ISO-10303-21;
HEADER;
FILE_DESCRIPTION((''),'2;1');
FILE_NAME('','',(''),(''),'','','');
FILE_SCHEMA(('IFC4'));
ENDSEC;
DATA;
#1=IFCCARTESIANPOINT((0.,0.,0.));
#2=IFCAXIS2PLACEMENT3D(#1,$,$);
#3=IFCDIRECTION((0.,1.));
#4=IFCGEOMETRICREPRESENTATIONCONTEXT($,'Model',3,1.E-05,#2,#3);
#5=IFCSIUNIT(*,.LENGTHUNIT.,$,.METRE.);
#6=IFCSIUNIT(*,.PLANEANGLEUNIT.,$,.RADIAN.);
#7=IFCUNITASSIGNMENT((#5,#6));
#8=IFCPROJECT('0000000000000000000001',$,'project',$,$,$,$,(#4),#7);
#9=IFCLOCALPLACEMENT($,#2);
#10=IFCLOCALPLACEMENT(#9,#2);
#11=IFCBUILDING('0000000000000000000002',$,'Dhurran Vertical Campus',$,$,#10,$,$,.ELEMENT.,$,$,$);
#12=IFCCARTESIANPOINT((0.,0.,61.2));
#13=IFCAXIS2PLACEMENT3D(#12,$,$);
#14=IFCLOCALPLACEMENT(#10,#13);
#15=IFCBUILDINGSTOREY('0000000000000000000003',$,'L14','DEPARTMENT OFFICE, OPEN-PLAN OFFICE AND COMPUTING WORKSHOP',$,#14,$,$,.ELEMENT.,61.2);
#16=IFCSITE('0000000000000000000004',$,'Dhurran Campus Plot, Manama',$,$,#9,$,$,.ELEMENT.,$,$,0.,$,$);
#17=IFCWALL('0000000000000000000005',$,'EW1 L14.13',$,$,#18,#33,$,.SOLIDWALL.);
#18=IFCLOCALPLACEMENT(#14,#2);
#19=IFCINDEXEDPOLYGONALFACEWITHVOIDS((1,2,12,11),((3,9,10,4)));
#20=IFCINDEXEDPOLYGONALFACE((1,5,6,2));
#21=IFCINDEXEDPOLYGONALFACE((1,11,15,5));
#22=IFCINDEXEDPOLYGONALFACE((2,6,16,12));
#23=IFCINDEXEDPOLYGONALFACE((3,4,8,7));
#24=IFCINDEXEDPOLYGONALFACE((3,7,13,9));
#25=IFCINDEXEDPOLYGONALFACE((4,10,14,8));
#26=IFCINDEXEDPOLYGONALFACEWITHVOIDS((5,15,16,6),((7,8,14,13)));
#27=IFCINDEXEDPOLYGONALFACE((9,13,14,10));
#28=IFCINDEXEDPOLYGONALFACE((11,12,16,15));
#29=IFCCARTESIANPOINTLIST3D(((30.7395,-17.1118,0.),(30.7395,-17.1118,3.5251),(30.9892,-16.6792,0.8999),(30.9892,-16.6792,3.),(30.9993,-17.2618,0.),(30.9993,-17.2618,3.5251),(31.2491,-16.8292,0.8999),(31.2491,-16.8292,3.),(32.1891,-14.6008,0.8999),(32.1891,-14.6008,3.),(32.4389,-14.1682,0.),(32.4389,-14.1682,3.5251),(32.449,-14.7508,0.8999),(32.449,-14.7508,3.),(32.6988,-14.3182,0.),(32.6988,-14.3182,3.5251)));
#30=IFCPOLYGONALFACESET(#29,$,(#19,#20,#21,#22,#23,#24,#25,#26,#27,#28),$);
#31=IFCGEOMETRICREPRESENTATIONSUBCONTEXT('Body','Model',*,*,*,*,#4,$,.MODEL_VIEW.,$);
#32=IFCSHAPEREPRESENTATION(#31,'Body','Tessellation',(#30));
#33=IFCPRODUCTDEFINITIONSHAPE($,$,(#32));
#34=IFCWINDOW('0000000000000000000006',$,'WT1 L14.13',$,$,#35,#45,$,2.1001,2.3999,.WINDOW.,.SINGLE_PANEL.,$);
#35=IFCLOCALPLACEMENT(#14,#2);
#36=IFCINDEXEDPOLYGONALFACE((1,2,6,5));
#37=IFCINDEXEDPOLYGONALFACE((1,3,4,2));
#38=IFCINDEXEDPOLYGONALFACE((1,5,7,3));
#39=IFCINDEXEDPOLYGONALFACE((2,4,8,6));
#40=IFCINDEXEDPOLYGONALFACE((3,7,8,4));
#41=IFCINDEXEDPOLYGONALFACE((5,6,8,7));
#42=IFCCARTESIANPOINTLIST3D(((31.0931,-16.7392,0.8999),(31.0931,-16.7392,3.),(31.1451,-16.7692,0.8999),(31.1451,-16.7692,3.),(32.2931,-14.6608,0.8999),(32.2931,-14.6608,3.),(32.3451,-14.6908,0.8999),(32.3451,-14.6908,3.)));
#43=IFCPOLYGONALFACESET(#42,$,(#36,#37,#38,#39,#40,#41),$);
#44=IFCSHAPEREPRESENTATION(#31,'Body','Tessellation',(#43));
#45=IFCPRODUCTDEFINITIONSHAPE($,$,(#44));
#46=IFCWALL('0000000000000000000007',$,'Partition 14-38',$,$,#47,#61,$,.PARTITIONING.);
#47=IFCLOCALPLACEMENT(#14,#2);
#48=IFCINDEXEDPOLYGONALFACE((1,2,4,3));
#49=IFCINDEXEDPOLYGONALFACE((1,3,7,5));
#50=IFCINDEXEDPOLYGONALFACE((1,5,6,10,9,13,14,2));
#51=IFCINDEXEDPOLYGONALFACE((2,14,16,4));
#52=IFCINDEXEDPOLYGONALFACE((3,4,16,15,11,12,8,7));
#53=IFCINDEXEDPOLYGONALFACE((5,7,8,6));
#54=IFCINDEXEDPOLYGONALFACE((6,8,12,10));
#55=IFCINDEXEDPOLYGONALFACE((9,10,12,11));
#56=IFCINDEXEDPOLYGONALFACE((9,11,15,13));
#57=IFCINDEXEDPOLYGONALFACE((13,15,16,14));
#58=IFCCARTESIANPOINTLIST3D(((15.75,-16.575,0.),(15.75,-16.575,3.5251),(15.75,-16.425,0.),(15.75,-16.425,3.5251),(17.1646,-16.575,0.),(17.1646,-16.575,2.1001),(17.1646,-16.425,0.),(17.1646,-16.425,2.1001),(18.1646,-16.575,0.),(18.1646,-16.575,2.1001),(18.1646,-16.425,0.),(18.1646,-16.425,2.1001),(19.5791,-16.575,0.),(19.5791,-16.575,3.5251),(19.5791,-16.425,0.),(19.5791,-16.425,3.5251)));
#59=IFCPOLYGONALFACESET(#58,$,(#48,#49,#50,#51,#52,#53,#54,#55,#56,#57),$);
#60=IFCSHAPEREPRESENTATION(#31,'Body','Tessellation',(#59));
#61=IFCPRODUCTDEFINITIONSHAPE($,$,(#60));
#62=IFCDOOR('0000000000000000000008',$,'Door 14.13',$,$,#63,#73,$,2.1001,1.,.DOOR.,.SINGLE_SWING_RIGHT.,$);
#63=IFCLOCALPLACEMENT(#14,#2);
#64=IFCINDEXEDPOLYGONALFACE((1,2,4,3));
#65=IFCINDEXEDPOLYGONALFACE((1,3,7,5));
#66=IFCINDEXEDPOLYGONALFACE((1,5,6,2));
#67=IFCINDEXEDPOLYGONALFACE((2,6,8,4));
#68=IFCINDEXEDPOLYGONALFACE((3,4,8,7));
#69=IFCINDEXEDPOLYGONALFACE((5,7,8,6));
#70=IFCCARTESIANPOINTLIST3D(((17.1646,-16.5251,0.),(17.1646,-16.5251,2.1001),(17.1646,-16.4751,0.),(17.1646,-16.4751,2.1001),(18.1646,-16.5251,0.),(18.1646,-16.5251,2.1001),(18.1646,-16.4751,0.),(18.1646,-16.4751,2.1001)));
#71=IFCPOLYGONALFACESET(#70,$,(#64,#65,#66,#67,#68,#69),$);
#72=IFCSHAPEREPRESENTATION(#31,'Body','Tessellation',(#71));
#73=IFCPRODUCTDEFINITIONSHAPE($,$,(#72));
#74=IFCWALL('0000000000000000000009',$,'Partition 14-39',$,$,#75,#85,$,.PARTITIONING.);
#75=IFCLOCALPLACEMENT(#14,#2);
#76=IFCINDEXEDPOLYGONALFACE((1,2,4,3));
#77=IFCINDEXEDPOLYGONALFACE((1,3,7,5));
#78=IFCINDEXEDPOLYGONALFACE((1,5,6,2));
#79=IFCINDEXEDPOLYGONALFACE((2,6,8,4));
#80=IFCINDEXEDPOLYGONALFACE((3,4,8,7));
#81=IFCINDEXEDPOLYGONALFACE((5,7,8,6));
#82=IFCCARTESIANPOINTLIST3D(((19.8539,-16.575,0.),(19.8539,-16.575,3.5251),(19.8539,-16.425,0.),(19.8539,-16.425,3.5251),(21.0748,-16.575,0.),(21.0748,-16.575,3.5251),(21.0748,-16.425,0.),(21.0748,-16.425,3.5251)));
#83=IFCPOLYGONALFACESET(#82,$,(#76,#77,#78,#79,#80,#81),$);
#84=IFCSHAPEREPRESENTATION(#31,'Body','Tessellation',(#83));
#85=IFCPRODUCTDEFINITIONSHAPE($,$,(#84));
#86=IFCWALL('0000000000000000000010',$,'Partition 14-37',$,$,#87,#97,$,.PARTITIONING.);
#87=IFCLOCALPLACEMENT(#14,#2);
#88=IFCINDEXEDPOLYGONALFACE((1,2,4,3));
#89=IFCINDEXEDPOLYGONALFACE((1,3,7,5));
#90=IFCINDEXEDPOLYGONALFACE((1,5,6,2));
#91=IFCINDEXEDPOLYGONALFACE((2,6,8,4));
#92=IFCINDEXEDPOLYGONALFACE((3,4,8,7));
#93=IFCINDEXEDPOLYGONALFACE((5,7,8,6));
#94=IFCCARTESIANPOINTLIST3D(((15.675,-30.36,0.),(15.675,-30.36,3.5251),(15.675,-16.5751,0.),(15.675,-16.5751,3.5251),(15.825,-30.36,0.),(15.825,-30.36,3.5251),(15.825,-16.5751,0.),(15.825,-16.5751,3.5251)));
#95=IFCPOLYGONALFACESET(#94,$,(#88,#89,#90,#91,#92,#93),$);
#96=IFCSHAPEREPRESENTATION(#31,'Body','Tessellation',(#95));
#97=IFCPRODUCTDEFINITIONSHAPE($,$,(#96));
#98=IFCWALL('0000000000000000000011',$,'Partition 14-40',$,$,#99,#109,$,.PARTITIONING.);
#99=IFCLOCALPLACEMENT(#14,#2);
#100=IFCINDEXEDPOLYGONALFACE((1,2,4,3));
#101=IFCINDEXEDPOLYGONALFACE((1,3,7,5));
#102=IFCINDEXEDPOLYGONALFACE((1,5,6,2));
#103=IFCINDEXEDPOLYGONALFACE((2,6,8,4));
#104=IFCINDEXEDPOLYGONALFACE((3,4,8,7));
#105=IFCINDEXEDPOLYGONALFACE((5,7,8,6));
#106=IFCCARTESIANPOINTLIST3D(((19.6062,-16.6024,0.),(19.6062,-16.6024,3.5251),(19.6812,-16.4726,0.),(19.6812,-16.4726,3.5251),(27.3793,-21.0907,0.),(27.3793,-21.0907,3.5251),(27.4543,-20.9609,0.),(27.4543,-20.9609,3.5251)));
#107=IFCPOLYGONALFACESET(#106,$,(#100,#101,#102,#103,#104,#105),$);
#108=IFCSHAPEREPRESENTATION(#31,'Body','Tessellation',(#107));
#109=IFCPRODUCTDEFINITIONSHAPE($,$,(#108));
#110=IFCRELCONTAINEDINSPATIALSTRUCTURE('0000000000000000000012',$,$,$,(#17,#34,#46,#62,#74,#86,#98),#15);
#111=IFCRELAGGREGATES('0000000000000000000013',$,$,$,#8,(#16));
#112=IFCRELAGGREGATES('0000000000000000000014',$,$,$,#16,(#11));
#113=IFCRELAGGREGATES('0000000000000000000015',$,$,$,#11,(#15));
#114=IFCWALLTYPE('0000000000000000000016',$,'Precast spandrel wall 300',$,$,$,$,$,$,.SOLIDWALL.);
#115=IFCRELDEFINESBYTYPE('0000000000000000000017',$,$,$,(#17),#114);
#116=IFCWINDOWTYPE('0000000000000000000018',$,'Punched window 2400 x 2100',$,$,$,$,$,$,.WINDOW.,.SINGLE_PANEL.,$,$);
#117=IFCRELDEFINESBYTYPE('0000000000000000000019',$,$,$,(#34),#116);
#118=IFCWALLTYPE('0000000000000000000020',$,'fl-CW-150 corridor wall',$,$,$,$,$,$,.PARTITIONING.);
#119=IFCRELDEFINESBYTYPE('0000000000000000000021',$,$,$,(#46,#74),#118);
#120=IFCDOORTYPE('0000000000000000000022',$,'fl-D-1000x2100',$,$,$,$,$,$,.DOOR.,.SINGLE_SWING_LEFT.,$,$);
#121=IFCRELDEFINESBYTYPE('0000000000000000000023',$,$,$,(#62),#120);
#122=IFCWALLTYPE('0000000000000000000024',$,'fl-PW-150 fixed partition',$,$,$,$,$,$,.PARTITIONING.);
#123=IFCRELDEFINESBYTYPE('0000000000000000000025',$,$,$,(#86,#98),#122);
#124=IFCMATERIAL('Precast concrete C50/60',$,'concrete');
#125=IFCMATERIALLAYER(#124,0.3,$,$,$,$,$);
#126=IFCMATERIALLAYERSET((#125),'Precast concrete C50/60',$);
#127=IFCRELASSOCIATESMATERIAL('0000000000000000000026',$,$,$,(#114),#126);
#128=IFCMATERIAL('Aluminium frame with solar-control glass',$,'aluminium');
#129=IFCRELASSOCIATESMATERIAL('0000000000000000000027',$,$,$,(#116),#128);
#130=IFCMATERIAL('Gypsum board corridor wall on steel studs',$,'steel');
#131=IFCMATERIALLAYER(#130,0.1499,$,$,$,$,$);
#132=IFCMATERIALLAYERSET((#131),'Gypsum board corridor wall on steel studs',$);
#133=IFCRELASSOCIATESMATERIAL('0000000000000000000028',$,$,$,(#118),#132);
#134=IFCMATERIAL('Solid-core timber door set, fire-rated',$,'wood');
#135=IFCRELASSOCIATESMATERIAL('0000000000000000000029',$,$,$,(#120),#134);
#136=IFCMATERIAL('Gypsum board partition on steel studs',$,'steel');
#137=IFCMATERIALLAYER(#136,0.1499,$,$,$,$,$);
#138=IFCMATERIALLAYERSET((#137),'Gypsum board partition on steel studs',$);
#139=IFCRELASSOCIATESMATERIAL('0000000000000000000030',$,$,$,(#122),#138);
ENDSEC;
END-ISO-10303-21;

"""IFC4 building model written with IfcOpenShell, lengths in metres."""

from ifc_helpers import new_model, si_unit, direction, frame, frame_2d, origin, place, context, subcontext, project, spatial, rectangle, extrude, material, layer, layer_set, type_object, element, fill, save


model = new_model("IFC4")

# Units and contexts
model_context = context("Model", 3, precision=1e-05, world=origin(), true_north=direction((0.0, 1.0)))
body_context = subcontext(model_context, "Body", "Model", "MODEL_VIEW")
ifc_project = project(units=[si_unit("LENGTHUNIT", "METRE"), si_unit("PLANEANGLEUNIT", "RADIAN")], contexts=[model_context])

# Site, building, storey
site_placement = place(None, origin())
site = spatial("IfcSite", under=ifc_project, at=site_placement, Name="Dhurran Campus Plot, Manama", CompositionType="ELEMENT", RefElevation=0.0)
building_placement = place(site_placement, origin())
building = spatial("IfcBuilding", under=site, at=building_placement, Name="Dhurran Vertical Campus", CompositionType="ELEMENT")
storey_placement = place(building_placement, frame((0.0, 0.0, 61.2)))
storey = spatial("IfcBuildingStorey", under=building, at=storey_placement, Name="L14", Description="DEPARTMENT OFFICE, OPEN-PLAN OFFICE AND COMPUTING WORKSHOP", CompositionType="ELEMENT", Elevation=61.2)

# Wall, opening, window
ifc_material_1 = material(Name="Precast concrete C50/60", Category="concrete")
ifc_layer_1 = layer(ifc_material_1, 0.3)
ifc_layer_set_1 = layer_set([ifc_layer_1], Name="Precast concrete C50/60")
wall_type_1 = type_object("IfcWallType", Name="Precast spandrel wall 300", PredefinedType="SOLIDWALL", material=ifc_layer_set_1)
ifc_material_2 = material(Name="Aluminium frame with solar-control glass", Category="aluminium")
window_type = type_object("IfcWindowType", Name="Punched window 2400 x 2100", PartitioningType="SINGLE_PANEL", PredefinedType="WINDOW", material=ifc_material_2)
wall_1_placement = place(storey_placement, frame((30.8694, -17.1868, 0.0), z_axis=(0.0, 0.0, 1.0), x_axis=(0.499994, 0.866029, 0.0)))
wall_1 = element("IfcWall", 1, at=wall_1_placement, inside=storey, type_object=wall_type_1, Name="EW1 L14.13", PredefinedType="SOLIDWALL", context=body_context, shape_type="SweptSolid", body=[
    extrude(rectangle(XDim=3.3989, YDim=0.3, at=frame_2d((1.6995, 0.0))), origin(), (0.0, 0.0, 1.0), 3.5251),
])
opening_1_placement = place(wall_1_placement, frame((0.4995, 0.0, 0.8999)))
opening_1 = element("IfcOpeningElement", 2, at=opening_1_placement, cuts=wall_1, PredefinedType="OPENING", context=body_context, shape_type="SweptSolid", body=[
    extrude(rectangle(XDim=2.3999, YDim=2.1001, at=frame_2d((1.2, 1.05))), frame((0.0, 0.1599, 0.0), z_axis=(0.0, -1.0, 0.0), x_axis=(1.0, 0.0, 0.0)), (0.0, 0.0, 1.0), 0.3201),
])
window_1_placement = place(opening_1_placement, origin())
window_1 = element("IfcWindow", 3, at=window_1_placement, inside=storey, type_object=window_type, Name="WT1 L14.13", OverallHeight=2.1001, OverallWidth=2.3999, PartitioningType="SINGLE_PANEL", PredefinedType="WINDOW", context=body_context, shape_type="SweptSolid", body=[
    extrude(rectangle(XDim=2.3999, YDim=2.1001, at=frame_2d((1.2, 1.05))), frame((0.0, 0.03, 0.0), z_axis=(0.0, -1.0, 0.0), x_axis=(1.0, 0.0, 0.0)), (0.0, 0.0, 1.0), 0.0601),
])
fill(opening_1, window_1)

# Wall, opening, door
ifc_material_3 = material(Name="Gypsum board corridor wall on steel studs", Category="steel")
ifc_layer_2 = layer(ifc_material_3, 0.1499)
ifc_layer_set_2 = layer_set([ifc_layer_2], Name="Gypsum board corridor wall on steel studs")
wall_type_2 = type_object("IfcWallType", Name="fl-CW-150 corridor wall", PredefinedType="PARTITIONING", material=ifc_layer_set_2)
wall_2_placement = place(storey_placement, frame((15.75, -16.5, 0.0), z_axis=(0.0, 0.0, 1.0), x_axis=(1.0, 0.0, 0.0)))
wall_2 = element("IfcWall", 4, at=wall_2_placement, inside=storey, type_object=wall_type_2, Name="Partition 14-38", PredefinedType="PARTITIONING", context=body_context, shape_type="SweptSolid", body=[
    extrude(rectangle(XDim=3.8291, YDim=0.1499, at=frame_2d((1.9146, 0.0))), origin(), (0.0, 0.0, 1.0), 3.5251),
])
opening_2_placement = place(wall_2_placement, frame((1.4146, 0.0, 0.0)))
opening_2 = element("IfcOpeningElement", 5, at=opening_2_placement, cuts=wall_2, PredefinedType="OPENING", context=body_context, shape_type="SweptSolid", body=[
    extrude(rectangle(XDim=1.0, YDim=2.1001, at=frame_2d((0.5, 1.05))), frame((0.0, 0.085, 0.0), z_axis=(0.0, -1.0, 0.0), x_axis=(1.0, 0.0, 0.0)), (0.0, 0.0, 1.0), 0.1699),
])
ifc_material_4 = material(Name="Solid-core timber door set, fire-rated", Category="wood")
door_type = type_object("IfcDoorType", Name="fl-D-1000x2100", OperationType="SINGLE_SWING_LEFT", PredefinedType="DOOR", material=ifc_material_4)
door_placement = place(opening_2_placement, origin())
door = element("IfcDoor", 6, at=door_placement, inside=storey, type_object=door_type, Name="Door 14.13", OperationType="SINGLE_SWING_RIGHT", OverallHeight=2.1001, OverallWidth=1.0, PredefinedType="DOOR", context=body_context, shape_type="SweptSolid", body=[
    extrude(rectangle(XDim=1.0, YDim=2.1001, at=frame_2d((0.5, 1.05))), frame((0.0, 0.0249, 0.0), z_axis=(0.0, -1.0, 0.0), x_axis=(1.0, 0.0, 0.0)), (0.0, 0.0, 1.0), 0.05),
])
fill(opening_2, door)

# Walls
wall_3_placement = place(storey_placement, frame((19.854, -16.5, 0.0), z_axis=(0.0, 0.0, 1.0), x_axis=(1.0, 0.0, 0.0)))
element("IfcWall", 7, at=wall_3_placement, inside=storey, type_object=wall_type_2, Name="Partition 14-39", PredefinedType="PARTITIONING", context=body_context, shape_type="SweptSolid", body=[
    extrude(rectangle(XDim=1.2209, YDim=0.1499, at=frame_2d((0.6104, 0.0))), origin(), (0.0, 0.0, 1.0), 3.5251),
])
ifc_material_5 = material(Name="Gypsum board partition on steel studs", Category="steel")
ifc_layer_3 = layer(ifc_material_5, 0.1499)
ifc_layer_set_3 = layer_set([ifc_layer_3], Name="Gypsum board partition on steel studs")
wall_type_3 = type_object("IfcWallType", Name="fl-PW-150 fixed partition", PredefinedType="PARTITIONING", material=ifc_layer_set_3)
wall_4_placement = place(storey_placement, frame((15.75, -16.575, 0.0), z_axis=(0.0, 0.0, 1.0), x_axis=(0.0, -1.0, 0.0)))
element("IfcWall", 8, at=wall_4_placement, inside=storey, type_object=wall_type_3, Name="Partition 14-37", PredefinedType="PARTITIONING", context=body_context, shape_type="SweptSolid", body=[
    extrude(rectangle(XDim=13.7849, YDim=0.1499, at=frame_2d((6.8926, 0.0))), origin(), (0.0, 0.0, 1.0), 3.5251),
])
wall_5_placement = place(storey_placement, frame((19.6438, -16.5376, 0.0), z_axis=(0.0, 0.0, 1.0), x_axis=(0.866005, -0.500036, 0.0)))
element("IfcWall", 9, at=wall_5_placement, inside=storey, type_object=wall_type_3, Name="Partition 14-40", PredefinedType="PARTITIONING", context=body_context, shape_type="SweptSolid", body=[
    extrude(rectangle(XDim=8.9758, YDim=0.1499, at=frame_2d((4.4878, 0.0))), origin(), (0.0, 0.0, 1.0), 3.5251),
])

save(model, "model.ifc")
